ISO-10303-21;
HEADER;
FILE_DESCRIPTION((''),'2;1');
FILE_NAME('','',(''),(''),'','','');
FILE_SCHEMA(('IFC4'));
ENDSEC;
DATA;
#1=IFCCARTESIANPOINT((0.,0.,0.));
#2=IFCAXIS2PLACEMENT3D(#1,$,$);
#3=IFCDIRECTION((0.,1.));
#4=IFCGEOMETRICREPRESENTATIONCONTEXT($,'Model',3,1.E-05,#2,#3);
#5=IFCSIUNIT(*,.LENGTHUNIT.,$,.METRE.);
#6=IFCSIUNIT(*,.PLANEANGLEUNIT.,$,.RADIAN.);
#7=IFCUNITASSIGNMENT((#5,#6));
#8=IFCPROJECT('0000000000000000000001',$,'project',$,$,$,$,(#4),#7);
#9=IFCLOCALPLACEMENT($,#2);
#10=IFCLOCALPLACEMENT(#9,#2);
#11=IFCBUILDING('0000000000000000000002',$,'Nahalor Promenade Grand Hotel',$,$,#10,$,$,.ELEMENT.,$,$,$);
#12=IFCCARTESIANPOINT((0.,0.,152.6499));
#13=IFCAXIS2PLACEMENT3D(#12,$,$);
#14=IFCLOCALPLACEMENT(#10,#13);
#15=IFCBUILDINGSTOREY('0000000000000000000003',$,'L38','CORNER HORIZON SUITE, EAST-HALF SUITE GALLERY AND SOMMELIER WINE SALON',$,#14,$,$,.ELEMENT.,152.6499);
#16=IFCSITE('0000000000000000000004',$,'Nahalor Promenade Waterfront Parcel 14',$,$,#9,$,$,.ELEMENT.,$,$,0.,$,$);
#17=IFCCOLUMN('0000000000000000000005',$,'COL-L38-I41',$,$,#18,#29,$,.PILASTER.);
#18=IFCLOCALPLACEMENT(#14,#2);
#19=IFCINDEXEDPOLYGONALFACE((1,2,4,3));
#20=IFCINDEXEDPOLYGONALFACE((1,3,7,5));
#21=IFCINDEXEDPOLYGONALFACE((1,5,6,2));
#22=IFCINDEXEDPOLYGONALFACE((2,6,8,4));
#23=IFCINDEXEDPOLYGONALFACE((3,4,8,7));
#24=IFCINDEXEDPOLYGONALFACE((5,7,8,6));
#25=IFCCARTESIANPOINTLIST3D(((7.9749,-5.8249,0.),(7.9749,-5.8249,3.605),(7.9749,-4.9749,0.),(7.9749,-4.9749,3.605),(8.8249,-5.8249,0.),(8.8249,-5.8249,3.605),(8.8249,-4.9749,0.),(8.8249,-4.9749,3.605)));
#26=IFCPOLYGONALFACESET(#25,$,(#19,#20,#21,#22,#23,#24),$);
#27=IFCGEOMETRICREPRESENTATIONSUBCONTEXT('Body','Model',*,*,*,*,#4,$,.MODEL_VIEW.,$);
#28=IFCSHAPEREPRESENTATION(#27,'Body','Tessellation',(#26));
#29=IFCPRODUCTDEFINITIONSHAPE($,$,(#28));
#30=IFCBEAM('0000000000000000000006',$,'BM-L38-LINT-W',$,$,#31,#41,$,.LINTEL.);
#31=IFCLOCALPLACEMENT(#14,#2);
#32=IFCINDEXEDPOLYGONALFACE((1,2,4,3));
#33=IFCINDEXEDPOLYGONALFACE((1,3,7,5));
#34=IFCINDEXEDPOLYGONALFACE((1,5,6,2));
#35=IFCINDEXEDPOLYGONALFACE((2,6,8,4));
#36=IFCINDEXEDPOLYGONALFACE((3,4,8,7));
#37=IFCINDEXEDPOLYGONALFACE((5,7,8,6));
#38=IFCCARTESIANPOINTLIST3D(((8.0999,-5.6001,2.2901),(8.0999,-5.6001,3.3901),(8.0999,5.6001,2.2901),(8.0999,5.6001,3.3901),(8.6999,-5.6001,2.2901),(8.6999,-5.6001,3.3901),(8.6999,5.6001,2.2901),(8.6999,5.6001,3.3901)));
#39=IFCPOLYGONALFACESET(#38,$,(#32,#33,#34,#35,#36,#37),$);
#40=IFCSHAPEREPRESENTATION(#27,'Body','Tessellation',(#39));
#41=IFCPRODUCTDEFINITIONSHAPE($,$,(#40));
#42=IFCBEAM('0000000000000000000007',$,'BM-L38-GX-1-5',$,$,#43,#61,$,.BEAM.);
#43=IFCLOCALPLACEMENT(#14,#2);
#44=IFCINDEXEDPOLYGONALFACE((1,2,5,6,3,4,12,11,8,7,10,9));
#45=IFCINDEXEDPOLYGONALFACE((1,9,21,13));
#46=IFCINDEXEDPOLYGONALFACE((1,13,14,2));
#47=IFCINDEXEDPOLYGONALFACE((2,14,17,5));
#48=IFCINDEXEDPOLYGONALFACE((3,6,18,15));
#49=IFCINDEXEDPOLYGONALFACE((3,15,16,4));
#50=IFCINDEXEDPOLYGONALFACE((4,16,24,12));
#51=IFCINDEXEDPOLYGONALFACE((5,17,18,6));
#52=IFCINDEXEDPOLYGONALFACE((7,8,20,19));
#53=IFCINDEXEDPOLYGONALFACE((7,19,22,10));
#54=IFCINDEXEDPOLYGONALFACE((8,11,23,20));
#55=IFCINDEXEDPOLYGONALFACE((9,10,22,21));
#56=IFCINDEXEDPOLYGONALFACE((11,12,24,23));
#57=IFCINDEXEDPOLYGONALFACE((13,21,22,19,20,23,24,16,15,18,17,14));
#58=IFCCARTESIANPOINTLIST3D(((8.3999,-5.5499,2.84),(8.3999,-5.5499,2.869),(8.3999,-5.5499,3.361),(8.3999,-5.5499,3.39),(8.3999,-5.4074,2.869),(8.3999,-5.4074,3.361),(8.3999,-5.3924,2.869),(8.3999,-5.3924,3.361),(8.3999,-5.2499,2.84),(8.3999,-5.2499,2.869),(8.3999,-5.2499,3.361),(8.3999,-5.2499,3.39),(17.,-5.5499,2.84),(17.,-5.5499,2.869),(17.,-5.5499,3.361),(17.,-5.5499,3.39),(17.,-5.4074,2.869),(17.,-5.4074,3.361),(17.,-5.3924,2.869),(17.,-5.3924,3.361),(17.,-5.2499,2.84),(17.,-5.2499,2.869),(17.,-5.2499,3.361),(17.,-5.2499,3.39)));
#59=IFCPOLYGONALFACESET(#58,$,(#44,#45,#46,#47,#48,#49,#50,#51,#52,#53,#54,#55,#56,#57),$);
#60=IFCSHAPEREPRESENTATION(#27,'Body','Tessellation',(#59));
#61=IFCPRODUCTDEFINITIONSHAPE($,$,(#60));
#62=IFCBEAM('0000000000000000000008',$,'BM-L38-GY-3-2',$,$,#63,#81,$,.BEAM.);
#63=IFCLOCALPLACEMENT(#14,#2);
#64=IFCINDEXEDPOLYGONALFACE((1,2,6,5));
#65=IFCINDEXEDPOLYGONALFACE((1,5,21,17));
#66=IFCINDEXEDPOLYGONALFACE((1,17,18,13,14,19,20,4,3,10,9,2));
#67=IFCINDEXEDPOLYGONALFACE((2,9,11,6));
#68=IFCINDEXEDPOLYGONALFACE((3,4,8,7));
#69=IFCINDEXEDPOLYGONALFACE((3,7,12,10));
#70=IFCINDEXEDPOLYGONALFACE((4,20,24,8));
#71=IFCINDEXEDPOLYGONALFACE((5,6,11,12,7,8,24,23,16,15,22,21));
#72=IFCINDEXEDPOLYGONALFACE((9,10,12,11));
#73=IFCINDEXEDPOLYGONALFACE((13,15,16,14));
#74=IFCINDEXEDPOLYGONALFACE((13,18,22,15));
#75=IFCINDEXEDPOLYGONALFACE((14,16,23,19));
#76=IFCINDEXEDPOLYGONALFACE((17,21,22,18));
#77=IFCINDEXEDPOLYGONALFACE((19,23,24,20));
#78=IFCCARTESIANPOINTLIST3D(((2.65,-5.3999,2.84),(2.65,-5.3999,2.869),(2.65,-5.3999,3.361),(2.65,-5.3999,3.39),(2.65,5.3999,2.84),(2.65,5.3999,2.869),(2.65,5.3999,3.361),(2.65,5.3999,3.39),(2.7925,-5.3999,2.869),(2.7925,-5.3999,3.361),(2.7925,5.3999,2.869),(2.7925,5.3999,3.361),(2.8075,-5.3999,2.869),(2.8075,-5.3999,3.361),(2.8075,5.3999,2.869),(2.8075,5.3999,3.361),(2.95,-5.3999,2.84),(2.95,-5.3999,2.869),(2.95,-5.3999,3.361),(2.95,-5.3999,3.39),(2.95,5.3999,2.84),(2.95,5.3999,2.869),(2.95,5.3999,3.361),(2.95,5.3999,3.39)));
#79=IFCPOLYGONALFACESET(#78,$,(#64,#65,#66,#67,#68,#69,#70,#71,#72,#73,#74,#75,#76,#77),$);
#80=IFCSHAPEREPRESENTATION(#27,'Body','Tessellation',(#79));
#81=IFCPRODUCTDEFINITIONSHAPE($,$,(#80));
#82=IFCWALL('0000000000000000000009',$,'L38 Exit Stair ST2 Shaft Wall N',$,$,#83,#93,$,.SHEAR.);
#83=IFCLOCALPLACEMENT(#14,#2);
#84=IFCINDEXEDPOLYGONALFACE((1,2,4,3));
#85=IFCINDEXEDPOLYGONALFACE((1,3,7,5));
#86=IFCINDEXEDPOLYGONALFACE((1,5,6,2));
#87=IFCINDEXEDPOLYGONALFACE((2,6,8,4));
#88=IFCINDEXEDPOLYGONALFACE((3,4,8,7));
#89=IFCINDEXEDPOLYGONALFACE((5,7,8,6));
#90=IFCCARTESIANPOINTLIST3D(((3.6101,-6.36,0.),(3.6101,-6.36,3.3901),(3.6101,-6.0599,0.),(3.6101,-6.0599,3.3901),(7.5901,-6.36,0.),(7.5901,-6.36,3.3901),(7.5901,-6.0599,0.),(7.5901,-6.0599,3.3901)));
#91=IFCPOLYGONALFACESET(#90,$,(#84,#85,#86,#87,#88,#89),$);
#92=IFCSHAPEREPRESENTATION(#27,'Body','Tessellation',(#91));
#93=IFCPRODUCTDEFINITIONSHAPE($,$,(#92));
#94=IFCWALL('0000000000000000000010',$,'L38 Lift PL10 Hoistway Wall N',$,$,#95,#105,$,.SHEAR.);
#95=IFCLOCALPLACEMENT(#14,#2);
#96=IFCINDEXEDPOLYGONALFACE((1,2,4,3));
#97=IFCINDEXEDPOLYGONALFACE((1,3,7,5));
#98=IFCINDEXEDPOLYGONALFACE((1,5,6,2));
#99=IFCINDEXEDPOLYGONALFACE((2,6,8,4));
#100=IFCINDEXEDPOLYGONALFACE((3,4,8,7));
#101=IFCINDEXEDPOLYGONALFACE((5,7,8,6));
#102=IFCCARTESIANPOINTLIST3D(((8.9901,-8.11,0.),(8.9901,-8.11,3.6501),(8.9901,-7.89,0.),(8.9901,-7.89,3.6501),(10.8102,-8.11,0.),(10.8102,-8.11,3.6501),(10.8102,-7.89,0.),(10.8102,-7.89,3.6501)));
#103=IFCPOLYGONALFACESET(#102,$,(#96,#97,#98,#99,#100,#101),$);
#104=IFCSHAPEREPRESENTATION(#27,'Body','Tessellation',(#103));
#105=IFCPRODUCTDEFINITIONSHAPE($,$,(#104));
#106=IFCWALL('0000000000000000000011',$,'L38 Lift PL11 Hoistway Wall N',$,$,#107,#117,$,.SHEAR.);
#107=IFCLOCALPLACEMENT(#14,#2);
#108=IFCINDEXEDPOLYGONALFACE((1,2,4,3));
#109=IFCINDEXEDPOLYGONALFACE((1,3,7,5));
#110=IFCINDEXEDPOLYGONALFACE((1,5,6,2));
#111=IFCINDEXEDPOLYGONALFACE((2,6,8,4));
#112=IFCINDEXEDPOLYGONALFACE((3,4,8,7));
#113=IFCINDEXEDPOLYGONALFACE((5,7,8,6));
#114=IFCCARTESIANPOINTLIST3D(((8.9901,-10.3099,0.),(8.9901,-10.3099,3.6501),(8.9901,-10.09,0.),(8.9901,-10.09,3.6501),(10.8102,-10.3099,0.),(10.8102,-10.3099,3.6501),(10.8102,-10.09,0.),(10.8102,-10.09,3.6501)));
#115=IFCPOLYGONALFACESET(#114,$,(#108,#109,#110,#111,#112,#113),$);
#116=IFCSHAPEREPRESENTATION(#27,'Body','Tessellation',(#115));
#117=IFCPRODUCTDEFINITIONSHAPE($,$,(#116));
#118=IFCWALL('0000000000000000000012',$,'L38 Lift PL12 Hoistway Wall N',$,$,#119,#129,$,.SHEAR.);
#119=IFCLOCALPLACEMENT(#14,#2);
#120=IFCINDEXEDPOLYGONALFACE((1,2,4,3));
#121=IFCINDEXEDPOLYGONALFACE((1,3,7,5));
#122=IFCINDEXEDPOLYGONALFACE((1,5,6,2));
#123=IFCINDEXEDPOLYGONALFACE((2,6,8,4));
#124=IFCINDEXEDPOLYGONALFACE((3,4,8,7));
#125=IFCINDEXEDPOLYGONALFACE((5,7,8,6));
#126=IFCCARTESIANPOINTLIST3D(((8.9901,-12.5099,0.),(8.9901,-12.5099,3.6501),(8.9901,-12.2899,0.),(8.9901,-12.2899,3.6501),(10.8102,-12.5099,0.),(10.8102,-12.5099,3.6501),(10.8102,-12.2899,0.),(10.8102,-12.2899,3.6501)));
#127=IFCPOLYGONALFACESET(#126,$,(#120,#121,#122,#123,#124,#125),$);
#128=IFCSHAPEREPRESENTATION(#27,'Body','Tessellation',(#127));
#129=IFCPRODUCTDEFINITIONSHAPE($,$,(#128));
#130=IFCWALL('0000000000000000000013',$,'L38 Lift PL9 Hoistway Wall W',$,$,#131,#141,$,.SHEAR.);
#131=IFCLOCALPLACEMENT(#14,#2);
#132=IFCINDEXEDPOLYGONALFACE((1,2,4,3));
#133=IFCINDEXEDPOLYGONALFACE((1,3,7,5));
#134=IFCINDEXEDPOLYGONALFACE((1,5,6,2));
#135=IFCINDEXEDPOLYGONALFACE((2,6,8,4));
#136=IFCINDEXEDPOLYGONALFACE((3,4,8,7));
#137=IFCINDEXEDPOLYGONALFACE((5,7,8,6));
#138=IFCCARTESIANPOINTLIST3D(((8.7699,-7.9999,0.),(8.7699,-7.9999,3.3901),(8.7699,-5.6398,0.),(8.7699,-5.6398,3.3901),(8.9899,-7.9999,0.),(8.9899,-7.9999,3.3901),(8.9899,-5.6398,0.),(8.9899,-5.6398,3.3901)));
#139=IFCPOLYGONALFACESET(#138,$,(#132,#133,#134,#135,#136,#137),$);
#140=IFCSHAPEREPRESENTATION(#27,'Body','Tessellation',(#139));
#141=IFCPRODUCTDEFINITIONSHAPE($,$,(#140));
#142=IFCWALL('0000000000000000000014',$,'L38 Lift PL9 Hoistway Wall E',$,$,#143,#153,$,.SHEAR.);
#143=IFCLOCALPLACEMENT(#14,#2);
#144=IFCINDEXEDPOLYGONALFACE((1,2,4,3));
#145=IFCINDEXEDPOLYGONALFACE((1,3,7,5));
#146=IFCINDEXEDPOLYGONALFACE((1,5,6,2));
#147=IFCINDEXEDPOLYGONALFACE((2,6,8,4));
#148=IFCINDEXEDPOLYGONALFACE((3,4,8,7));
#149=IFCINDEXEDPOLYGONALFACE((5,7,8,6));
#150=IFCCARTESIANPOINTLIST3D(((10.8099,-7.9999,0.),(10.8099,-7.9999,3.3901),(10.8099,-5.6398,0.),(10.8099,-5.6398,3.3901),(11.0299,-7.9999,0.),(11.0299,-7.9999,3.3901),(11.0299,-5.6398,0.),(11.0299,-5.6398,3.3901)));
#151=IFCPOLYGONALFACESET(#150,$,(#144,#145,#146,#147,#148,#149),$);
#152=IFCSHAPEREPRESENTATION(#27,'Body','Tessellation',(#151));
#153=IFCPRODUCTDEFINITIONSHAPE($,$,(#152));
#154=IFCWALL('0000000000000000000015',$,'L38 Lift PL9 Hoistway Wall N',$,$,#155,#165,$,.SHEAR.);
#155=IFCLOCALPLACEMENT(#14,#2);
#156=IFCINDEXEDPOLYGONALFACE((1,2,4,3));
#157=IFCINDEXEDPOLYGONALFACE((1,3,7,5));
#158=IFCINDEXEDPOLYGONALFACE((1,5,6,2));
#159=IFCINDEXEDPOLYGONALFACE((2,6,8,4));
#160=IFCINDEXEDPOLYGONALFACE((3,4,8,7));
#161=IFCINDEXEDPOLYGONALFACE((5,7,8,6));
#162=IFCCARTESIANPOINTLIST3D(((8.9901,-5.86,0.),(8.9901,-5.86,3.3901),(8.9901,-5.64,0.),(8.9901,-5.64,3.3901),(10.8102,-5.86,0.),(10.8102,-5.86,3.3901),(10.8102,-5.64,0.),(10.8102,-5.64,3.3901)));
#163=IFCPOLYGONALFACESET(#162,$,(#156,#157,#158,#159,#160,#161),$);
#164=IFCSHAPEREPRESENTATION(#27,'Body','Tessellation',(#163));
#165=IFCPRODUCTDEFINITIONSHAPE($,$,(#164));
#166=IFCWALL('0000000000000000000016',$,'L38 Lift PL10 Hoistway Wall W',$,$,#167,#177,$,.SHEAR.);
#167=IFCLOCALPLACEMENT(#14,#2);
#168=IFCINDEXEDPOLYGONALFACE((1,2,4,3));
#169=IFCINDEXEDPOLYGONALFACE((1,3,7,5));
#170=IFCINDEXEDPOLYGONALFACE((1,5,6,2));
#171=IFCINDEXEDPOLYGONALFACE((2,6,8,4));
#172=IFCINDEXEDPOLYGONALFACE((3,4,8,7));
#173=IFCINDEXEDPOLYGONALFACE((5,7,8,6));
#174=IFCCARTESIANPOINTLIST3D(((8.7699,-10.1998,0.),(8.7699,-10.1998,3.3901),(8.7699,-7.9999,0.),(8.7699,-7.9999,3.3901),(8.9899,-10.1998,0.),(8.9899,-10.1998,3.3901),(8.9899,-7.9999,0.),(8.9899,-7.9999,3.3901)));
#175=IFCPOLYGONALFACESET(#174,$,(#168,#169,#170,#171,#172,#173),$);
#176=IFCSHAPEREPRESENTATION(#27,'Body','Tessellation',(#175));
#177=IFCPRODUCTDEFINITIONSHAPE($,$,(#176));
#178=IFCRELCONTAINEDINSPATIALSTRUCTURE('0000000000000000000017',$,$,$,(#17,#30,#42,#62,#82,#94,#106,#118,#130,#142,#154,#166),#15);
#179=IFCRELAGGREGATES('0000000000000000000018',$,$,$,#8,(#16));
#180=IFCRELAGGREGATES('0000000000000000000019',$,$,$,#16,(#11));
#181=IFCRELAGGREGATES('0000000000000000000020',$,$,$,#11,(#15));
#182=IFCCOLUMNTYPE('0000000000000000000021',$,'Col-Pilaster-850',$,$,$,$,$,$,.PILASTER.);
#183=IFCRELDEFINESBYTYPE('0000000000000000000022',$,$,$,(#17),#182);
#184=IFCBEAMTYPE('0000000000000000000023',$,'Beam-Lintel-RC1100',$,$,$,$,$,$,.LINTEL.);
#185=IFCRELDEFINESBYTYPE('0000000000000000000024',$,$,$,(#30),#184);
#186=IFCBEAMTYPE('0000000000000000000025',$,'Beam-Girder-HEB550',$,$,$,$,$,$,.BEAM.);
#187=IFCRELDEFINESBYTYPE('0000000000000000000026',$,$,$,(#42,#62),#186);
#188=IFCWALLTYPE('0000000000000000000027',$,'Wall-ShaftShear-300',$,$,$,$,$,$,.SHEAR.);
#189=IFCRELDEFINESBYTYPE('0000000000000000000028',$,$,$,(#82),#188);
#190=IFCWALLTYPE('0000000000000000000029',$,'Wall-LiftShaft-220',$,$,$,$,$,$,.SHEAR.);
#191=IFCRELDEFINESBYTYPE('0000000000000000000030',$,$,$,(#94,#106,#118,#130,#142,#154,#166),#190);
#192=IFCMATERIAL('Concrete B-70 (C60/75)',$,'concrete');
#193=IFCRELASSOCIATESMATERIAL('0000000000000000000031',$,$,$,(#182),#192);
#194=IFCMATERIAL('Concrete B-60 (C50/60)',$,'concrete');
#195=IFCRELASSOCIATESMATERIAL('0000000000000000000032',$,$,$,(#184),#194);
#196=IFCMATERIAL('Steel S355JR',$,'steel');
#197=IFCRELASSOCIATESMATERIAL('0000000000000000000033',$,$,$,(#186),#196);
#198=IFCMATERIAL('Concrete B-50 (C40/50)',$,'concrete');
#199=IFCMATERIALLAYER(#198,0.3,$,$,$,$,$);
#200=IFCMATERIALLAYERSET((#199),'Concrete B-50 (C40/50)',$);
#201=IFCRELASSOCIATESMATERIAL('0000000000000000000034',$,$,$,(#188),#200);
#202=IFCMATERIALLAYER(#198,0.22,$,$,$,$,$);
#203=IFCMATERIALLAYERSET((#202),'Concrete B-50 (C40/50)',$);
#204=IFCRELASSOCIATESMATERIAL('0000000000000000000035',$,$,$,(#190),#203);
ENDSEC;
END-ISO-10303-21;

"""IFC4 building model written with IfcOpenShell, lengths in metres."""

from ifc_helpers import new_model, si_unit, direction, frame, frame_2d, origin, origin_2d, place, context, subcontext, project, spatial, rectangle, i_section, extrude, source, transform, mapped, material, layer, layer_set, material_profile, profile_set, type_object, element, save


model = new_model("IFC4")

# Units and contexts
model_context = context("Model", 3, precision=1e-05, world=origin(), true_north=direction((0.0, 1.0)))
body_context = subcontext(model_context, "Body", "Model", "MODEL_VIEW")
ifc_project = project(units=[si_unit("LENGTHUNIT", "METRE"), si_unit("PLANEANGLEUNIT", "RADIAN")], contexts=[model_context])

# Site, building, storey
site_placement = place(None, origin())
site = spatial("IfcSite", under=ifc_project, at=site_placement, Name="Nahalor Promenade Waterfront Parcel 14", CompositionType="ELEMENT", RefElevation=0.0)
building_placement = place(site_placement, origin())
building = spatial("IfcBuilding", under=site, at=building_placement, Name="Nahalor Promenade Grand Hotel", CompositionType="ELEMENT")
storey_placement = place(building_placement, frame((0.0, 0.0, 152.6499)))
storey = spatial("IfcBuildingStorey", under=building, at=storey_placement, Name="L38", Description="CORNER HORIZON SUITE, EAST-HALF SUITE GALLERY AND SOMMELIER WINE SALON", CompositionType="ELEMENT", Elevation=152.6499)

# Column
ifc_material_1 = material(Name="Concrete B-70 (C60/75)", Category="concrete")
ifc_material_profile_1 = material_profile(ifc_material_1, rectangle(XDim=0.85, YDim=0.85, at=origin_2d()), Name="RC 850x850")
ifc_profile_set_1 = profile_set([ifc_material_profile_1], Name="Concrete B-70 (C60/75)")
column_type = type_object("IfcColumnType", Name="Col-Pilaster-850", PredefinedType="PILASTER", material=ifc_profile_set_1)
shared_shape_1 = source(origin(), body_context, "Body", "SweptSolid", [
    extrude(rectangle(XDim=0.85, YDim=0.85, at=origin_2d()), origin(), (0.0, 0.0, 1.0), 3.605),
])
column_placement = place(storey_placement, frame((8.3999, -5.3999, 0.0), z_axis=(0.0, 0.0, 1.0), x_axis=(1.0, 0.0, 0.0)))
element("IfcColumn", 1, at=column_placement, inside=storey, type_object=column_type, Name="COL-L38-I41", PredefinedType="PILASTER", context=body_context, shape_type="MappedRepresentation", body=[
    mapped(shared_shape_1, transform((0.0, 0.0, 0.0), scale=1.0)),
])

# Beams
ifc_material_2 = material(Name="Concrete B-60 (C50/60)", Category="concrete")
ifc_material_profile_2 = material_profile(ifc_material_2, rectangle(XDim=0.6, YDim=1.1, at=origin_2d()), Name="RC 600x1100")
ifc_profile_set_2 = profile_set([ifc_material_profile_2], Name="Concrete B-60 (C50/60)")
beam_type_1 = type_object("IfcBeamType", Name="Beam-Lintel-RC1100", PredefinedType="LINTEL", material=ifc_profile_set_2)
shared_shape_2 = source(origin(), body_context, "Body", "SweptSolid", [
    extrude(rectangle(XDim=0.6, YDim=1.1, at=origin_2d()), origin(), (0.0, 0.0, 1.0), 11.2002),
])
beam_1_placement = place(storey_placement, frame((8.3999, -5.6001, 2.8401), z_axis=(0.0, 1.0, 0.0), x_axis=(-1.0, 0.0, 0.0)))
element("IfcBeam", 2, at=beam_1_placement, inside=storey, type_object=beam_type_1, Name="BM-L38-LINT-W", PredefinedType="LINTEL", context=body_context, shape_type="MappedRepresentation", body=[
    mapped(shared_shape_2, transform((0.0, 0.0, 0.0), scale=1.0)),
])
ifc_material_3 = material(Name="Steel S355JR", Category="steel")
ifc_material_profile_3 = material_profile(ifc_material_3, i_section(OverallWidth=0.3, OverallDepth=0.55, WebThickness=0.015, FlangeThickness=0.029, at=origin_2d()), Name="HEB 550")
ifc_profile_set_3 = profile_set([ifc_material_profile_3], Name="Steel S355JR")
beam_type_2 = type_object("IfcBeamType", Name="Beam-Girder-HEB550", PredefinedType="BEAM", material=ifc_profile_set_3)
shared_shape_3 = source(origin(), body_context, "Body", "SweptSolid", [
    extrude(i_section(OverallWidth=0.3, OverallDepth=0.55, WebThickness=0.015, FlangeThickness=0.029, at=origin_2d()), origin(), (0.0, 0.0, 1.0), 8.6001),
])
beam_2_placement = place(storey_placement, frame((8.3999, -5.3999, 3.115), z_axis=(1.0, 0.0, 0.0), x_axis=(0.0, 1.0, 0.0)))
element("IfcBeam", 3, at=beam_2_placement, inside=storey, type_object=beam_type_2, Name="BM-L38-GX-1-5", PredefinedType="BEAM", context=body_context, shape_type="MappedRepresentation", body=[
    mapped(shared_shape_3, transform((0.0, 0.0, 0.0), scale=1.0)),
])
shared_shape_4 = source(origin(), body_context, "Body", "SweptSolid", [
    extrude(i_section(OverallWidth=0.3, OverallDepth=0.55, WebThickness=0.015, FlangeThickness=0.029, at=origin_2d()), origin(), (0.0, 0.0, 1.0), 10.7998),
])
beam_3_placement = place(storey_placement, frame((2.8, -5.3999, 3.115), z_axis=(0.0, 1.0, 0.0), x_axis=(-1.0, 0.0, 0.0)))
element("IfcBeam", 4, at=beam_3_placement, inside=storey, type_object=beam_type_2, Name="BM-L38-GY-3-2", PredefinedType="BEAM", context=body_context, shape_type="MappedRepresentation", body=[
    mapped(shared_shape_4, transform((0.0, 0.0, 0.0), scale=1.0)),
])

# Walls
ifc_material_4 = material(Name="Concrete B-50 (C40/50)", Category="concrete")
ifc_layer_1 = layer(ifc_material_4, 0.3)
ifc_layer_set_1 = layer_set([ifc_layer_1], Name="Concrete B-50 (C40/50)")
wall_type_1 = type_object("IfcWallType", Name="Wall-ShaftShear-300", PredefinedType="SHEAR", material=ifc_layer_set_1)
shared_shape_5 = source(origin(), body_context, "Body", "SweptSolid", [
    extrude(rectangle(XDim=3.98, YDim=0.3, at=frame_2d((1.99, 0.0))), origin(), (0.0, 0.0, 1.0), 3.3901),
])
wall_1_placement = place(storey_placement, frame((3.6101, -6.21, 0.0), z_axis=(0.0, 0.0, 1.0), x_axis=(1.0, 0.0, 0.0)))
element("IfcWall", 5, at=wall_1_placement, inside=storey, type_object=wall_type_1, Name="L38 Exit Stair ST2 Shaft Wall N", PredefinedType="SHEAR", context=body_context, shape_type="MappedRepresentation", body=[
    mapped(shared_shape_5, transform((0.0, 0.0, 0.0), scale=1.0)),
])
ifc_layer_2 = layer(ifc_material_4, 0.22)
ifc_layer_set_2 = layer_set([ifc_layer_2], Name="Concrete B-50 (C40/50)")
wall_type_2 = type_object("IfcWallType", Name="Wall-LiftShaft-220", PredefinedType="SHEAR", material=ifc_layer_set_2)
shared_shape_6 = source(origin(), body_context, "Body", "SweptSolid", [
    extrude(rectangle(XDim=1.8201, YDim=0.22, at=frame_2d((0.9102, 0.0))), origin(), (0.0, 0.0, 1.0), 3.6501),
])
for number, where, z_axis, x_axis, name in (
    (6, (8.99, -8.0, 0.0), (0.0, 0.0, 1.0), (1.0, 0.0, 0.0), "L38 Lift PL10 Hoistway Wall N"),
    (7, (8.99, -10.2, 0.0), (0.0, 0.0, 1.0), (1.0, 0.0, 0.0), "L38 Lift PL11 Hoistway Wall N"),
    (8, (8.99, -12.3999, 0.0), (0.0, 0.0, 1.0), (1.0, 0.0, 0.0), "L38 Lift PL12 Hoistway Wall N"),
):
    element("IfcWall", number, at=place(storey_placement, frame(where, z_axis=z_axis, x_axis=x_axis)), inside=storey, type_object=wall_type_2, Name=name, PredefinedType="SHEAR", context=body_context, shape_type="MappedRepresentation", body=[
        mapped(shared_shape_6, transform((0.0, 0.0, 0.0), scale=1.0)),
    ])
shared_shape_7 = source(origin(), body_context, "Body", "SweptSolid", [
    extrude(rectangle(XDim=2.3601, YDim=0.22, at=frame_2d((1.1802, 0.0))), origin(), (0.0, 0.0, 1.0), 3.3901),
])
for number, where, z_axis, x_axis, name in (
    (9, (8.8799, -8.0, 0.0), (0.0, 0.0, 1.0), (0.0, 1.0, 0.0), "L38 Lift PL9 Hoistway Wall W"),
    (10, (10.9199, -8.0, 0.0), (0.0, 0.0, 1.0), (0.0, 1.0, 0.0), "L38 Lift PL9 Hoistway Wall E"),
):
    element("IfcWall", number, at=place(storey_placement, frame(where, z_axis=z_axis, x_axis=x_axis)), inside=storey, type_object=wall_type_2, Name=name, PredefinedType="SHEAR", context=body_context, shape_type="MappedRepresentation", body=[
        mapped(shared_shape_7, transform((0.0, 0.0, 0.0), scale=1.0)),
    ])
shared_shape_8 = source(origin(), body_context, "Body", "SweptSolid", [
    extrude(rectangle(XDim=1.8201, YDim=0.22, at=frame_2d((0.9102, 0.0))), origin(), (0.0, 0.0, 1.0), 3.3901),
])
wall_2_placement = place(storey_placement, frame((8.99, -5.75, 0.0), z_axis=(0.0, 0.0, 1.0), x_axis=(1.0, 0.0, 0.0)))
element("IfcWall", 11, at=wall_2_placement, inside=storey, type_object=wall_type_2, Name="L38 Lift PL9 Hoistway Wall N", PredefinedType="SHEAR", context=body_context, shape_type="MappedRepresentation", body=[
    mapped(shared_shape_8, transform((0.0, 0.0, 0.0), scale=1.0)),
])
shared_shape_9 = source(origin(), body_context, "Body", "SweptSolid", [
    extrude(rectangle(XDim=2.2, YDim=0.22, at=frame_2d((1.1001, 0.0))), origin(), (0.0, 0.0, 1.0), 3.3901),
])
for number, where, z_axis, x_axis, name in (
    (12, (8.8799, -10.2, 0.0), (0.0, 0.0, 1.0), (0.0, 1.0, 0.0), "L38 Lift PL10 Hoistway Wall W"),
):
    element("IfcWall", number, at=place(storey_placement, frame(where, z_axis=z_axis, x_axis=x_axis)), inside=storey, type_object=wall_type_2, Name=name, PredefinedType="SHEAR", context=body_context, shape_type="MappedRepresentation", body=[
        mapped(shared_shape_9, transform((0.0, 0.0, 0.0), scale=1.0)),
    ])

save(model, "model.ifc")
